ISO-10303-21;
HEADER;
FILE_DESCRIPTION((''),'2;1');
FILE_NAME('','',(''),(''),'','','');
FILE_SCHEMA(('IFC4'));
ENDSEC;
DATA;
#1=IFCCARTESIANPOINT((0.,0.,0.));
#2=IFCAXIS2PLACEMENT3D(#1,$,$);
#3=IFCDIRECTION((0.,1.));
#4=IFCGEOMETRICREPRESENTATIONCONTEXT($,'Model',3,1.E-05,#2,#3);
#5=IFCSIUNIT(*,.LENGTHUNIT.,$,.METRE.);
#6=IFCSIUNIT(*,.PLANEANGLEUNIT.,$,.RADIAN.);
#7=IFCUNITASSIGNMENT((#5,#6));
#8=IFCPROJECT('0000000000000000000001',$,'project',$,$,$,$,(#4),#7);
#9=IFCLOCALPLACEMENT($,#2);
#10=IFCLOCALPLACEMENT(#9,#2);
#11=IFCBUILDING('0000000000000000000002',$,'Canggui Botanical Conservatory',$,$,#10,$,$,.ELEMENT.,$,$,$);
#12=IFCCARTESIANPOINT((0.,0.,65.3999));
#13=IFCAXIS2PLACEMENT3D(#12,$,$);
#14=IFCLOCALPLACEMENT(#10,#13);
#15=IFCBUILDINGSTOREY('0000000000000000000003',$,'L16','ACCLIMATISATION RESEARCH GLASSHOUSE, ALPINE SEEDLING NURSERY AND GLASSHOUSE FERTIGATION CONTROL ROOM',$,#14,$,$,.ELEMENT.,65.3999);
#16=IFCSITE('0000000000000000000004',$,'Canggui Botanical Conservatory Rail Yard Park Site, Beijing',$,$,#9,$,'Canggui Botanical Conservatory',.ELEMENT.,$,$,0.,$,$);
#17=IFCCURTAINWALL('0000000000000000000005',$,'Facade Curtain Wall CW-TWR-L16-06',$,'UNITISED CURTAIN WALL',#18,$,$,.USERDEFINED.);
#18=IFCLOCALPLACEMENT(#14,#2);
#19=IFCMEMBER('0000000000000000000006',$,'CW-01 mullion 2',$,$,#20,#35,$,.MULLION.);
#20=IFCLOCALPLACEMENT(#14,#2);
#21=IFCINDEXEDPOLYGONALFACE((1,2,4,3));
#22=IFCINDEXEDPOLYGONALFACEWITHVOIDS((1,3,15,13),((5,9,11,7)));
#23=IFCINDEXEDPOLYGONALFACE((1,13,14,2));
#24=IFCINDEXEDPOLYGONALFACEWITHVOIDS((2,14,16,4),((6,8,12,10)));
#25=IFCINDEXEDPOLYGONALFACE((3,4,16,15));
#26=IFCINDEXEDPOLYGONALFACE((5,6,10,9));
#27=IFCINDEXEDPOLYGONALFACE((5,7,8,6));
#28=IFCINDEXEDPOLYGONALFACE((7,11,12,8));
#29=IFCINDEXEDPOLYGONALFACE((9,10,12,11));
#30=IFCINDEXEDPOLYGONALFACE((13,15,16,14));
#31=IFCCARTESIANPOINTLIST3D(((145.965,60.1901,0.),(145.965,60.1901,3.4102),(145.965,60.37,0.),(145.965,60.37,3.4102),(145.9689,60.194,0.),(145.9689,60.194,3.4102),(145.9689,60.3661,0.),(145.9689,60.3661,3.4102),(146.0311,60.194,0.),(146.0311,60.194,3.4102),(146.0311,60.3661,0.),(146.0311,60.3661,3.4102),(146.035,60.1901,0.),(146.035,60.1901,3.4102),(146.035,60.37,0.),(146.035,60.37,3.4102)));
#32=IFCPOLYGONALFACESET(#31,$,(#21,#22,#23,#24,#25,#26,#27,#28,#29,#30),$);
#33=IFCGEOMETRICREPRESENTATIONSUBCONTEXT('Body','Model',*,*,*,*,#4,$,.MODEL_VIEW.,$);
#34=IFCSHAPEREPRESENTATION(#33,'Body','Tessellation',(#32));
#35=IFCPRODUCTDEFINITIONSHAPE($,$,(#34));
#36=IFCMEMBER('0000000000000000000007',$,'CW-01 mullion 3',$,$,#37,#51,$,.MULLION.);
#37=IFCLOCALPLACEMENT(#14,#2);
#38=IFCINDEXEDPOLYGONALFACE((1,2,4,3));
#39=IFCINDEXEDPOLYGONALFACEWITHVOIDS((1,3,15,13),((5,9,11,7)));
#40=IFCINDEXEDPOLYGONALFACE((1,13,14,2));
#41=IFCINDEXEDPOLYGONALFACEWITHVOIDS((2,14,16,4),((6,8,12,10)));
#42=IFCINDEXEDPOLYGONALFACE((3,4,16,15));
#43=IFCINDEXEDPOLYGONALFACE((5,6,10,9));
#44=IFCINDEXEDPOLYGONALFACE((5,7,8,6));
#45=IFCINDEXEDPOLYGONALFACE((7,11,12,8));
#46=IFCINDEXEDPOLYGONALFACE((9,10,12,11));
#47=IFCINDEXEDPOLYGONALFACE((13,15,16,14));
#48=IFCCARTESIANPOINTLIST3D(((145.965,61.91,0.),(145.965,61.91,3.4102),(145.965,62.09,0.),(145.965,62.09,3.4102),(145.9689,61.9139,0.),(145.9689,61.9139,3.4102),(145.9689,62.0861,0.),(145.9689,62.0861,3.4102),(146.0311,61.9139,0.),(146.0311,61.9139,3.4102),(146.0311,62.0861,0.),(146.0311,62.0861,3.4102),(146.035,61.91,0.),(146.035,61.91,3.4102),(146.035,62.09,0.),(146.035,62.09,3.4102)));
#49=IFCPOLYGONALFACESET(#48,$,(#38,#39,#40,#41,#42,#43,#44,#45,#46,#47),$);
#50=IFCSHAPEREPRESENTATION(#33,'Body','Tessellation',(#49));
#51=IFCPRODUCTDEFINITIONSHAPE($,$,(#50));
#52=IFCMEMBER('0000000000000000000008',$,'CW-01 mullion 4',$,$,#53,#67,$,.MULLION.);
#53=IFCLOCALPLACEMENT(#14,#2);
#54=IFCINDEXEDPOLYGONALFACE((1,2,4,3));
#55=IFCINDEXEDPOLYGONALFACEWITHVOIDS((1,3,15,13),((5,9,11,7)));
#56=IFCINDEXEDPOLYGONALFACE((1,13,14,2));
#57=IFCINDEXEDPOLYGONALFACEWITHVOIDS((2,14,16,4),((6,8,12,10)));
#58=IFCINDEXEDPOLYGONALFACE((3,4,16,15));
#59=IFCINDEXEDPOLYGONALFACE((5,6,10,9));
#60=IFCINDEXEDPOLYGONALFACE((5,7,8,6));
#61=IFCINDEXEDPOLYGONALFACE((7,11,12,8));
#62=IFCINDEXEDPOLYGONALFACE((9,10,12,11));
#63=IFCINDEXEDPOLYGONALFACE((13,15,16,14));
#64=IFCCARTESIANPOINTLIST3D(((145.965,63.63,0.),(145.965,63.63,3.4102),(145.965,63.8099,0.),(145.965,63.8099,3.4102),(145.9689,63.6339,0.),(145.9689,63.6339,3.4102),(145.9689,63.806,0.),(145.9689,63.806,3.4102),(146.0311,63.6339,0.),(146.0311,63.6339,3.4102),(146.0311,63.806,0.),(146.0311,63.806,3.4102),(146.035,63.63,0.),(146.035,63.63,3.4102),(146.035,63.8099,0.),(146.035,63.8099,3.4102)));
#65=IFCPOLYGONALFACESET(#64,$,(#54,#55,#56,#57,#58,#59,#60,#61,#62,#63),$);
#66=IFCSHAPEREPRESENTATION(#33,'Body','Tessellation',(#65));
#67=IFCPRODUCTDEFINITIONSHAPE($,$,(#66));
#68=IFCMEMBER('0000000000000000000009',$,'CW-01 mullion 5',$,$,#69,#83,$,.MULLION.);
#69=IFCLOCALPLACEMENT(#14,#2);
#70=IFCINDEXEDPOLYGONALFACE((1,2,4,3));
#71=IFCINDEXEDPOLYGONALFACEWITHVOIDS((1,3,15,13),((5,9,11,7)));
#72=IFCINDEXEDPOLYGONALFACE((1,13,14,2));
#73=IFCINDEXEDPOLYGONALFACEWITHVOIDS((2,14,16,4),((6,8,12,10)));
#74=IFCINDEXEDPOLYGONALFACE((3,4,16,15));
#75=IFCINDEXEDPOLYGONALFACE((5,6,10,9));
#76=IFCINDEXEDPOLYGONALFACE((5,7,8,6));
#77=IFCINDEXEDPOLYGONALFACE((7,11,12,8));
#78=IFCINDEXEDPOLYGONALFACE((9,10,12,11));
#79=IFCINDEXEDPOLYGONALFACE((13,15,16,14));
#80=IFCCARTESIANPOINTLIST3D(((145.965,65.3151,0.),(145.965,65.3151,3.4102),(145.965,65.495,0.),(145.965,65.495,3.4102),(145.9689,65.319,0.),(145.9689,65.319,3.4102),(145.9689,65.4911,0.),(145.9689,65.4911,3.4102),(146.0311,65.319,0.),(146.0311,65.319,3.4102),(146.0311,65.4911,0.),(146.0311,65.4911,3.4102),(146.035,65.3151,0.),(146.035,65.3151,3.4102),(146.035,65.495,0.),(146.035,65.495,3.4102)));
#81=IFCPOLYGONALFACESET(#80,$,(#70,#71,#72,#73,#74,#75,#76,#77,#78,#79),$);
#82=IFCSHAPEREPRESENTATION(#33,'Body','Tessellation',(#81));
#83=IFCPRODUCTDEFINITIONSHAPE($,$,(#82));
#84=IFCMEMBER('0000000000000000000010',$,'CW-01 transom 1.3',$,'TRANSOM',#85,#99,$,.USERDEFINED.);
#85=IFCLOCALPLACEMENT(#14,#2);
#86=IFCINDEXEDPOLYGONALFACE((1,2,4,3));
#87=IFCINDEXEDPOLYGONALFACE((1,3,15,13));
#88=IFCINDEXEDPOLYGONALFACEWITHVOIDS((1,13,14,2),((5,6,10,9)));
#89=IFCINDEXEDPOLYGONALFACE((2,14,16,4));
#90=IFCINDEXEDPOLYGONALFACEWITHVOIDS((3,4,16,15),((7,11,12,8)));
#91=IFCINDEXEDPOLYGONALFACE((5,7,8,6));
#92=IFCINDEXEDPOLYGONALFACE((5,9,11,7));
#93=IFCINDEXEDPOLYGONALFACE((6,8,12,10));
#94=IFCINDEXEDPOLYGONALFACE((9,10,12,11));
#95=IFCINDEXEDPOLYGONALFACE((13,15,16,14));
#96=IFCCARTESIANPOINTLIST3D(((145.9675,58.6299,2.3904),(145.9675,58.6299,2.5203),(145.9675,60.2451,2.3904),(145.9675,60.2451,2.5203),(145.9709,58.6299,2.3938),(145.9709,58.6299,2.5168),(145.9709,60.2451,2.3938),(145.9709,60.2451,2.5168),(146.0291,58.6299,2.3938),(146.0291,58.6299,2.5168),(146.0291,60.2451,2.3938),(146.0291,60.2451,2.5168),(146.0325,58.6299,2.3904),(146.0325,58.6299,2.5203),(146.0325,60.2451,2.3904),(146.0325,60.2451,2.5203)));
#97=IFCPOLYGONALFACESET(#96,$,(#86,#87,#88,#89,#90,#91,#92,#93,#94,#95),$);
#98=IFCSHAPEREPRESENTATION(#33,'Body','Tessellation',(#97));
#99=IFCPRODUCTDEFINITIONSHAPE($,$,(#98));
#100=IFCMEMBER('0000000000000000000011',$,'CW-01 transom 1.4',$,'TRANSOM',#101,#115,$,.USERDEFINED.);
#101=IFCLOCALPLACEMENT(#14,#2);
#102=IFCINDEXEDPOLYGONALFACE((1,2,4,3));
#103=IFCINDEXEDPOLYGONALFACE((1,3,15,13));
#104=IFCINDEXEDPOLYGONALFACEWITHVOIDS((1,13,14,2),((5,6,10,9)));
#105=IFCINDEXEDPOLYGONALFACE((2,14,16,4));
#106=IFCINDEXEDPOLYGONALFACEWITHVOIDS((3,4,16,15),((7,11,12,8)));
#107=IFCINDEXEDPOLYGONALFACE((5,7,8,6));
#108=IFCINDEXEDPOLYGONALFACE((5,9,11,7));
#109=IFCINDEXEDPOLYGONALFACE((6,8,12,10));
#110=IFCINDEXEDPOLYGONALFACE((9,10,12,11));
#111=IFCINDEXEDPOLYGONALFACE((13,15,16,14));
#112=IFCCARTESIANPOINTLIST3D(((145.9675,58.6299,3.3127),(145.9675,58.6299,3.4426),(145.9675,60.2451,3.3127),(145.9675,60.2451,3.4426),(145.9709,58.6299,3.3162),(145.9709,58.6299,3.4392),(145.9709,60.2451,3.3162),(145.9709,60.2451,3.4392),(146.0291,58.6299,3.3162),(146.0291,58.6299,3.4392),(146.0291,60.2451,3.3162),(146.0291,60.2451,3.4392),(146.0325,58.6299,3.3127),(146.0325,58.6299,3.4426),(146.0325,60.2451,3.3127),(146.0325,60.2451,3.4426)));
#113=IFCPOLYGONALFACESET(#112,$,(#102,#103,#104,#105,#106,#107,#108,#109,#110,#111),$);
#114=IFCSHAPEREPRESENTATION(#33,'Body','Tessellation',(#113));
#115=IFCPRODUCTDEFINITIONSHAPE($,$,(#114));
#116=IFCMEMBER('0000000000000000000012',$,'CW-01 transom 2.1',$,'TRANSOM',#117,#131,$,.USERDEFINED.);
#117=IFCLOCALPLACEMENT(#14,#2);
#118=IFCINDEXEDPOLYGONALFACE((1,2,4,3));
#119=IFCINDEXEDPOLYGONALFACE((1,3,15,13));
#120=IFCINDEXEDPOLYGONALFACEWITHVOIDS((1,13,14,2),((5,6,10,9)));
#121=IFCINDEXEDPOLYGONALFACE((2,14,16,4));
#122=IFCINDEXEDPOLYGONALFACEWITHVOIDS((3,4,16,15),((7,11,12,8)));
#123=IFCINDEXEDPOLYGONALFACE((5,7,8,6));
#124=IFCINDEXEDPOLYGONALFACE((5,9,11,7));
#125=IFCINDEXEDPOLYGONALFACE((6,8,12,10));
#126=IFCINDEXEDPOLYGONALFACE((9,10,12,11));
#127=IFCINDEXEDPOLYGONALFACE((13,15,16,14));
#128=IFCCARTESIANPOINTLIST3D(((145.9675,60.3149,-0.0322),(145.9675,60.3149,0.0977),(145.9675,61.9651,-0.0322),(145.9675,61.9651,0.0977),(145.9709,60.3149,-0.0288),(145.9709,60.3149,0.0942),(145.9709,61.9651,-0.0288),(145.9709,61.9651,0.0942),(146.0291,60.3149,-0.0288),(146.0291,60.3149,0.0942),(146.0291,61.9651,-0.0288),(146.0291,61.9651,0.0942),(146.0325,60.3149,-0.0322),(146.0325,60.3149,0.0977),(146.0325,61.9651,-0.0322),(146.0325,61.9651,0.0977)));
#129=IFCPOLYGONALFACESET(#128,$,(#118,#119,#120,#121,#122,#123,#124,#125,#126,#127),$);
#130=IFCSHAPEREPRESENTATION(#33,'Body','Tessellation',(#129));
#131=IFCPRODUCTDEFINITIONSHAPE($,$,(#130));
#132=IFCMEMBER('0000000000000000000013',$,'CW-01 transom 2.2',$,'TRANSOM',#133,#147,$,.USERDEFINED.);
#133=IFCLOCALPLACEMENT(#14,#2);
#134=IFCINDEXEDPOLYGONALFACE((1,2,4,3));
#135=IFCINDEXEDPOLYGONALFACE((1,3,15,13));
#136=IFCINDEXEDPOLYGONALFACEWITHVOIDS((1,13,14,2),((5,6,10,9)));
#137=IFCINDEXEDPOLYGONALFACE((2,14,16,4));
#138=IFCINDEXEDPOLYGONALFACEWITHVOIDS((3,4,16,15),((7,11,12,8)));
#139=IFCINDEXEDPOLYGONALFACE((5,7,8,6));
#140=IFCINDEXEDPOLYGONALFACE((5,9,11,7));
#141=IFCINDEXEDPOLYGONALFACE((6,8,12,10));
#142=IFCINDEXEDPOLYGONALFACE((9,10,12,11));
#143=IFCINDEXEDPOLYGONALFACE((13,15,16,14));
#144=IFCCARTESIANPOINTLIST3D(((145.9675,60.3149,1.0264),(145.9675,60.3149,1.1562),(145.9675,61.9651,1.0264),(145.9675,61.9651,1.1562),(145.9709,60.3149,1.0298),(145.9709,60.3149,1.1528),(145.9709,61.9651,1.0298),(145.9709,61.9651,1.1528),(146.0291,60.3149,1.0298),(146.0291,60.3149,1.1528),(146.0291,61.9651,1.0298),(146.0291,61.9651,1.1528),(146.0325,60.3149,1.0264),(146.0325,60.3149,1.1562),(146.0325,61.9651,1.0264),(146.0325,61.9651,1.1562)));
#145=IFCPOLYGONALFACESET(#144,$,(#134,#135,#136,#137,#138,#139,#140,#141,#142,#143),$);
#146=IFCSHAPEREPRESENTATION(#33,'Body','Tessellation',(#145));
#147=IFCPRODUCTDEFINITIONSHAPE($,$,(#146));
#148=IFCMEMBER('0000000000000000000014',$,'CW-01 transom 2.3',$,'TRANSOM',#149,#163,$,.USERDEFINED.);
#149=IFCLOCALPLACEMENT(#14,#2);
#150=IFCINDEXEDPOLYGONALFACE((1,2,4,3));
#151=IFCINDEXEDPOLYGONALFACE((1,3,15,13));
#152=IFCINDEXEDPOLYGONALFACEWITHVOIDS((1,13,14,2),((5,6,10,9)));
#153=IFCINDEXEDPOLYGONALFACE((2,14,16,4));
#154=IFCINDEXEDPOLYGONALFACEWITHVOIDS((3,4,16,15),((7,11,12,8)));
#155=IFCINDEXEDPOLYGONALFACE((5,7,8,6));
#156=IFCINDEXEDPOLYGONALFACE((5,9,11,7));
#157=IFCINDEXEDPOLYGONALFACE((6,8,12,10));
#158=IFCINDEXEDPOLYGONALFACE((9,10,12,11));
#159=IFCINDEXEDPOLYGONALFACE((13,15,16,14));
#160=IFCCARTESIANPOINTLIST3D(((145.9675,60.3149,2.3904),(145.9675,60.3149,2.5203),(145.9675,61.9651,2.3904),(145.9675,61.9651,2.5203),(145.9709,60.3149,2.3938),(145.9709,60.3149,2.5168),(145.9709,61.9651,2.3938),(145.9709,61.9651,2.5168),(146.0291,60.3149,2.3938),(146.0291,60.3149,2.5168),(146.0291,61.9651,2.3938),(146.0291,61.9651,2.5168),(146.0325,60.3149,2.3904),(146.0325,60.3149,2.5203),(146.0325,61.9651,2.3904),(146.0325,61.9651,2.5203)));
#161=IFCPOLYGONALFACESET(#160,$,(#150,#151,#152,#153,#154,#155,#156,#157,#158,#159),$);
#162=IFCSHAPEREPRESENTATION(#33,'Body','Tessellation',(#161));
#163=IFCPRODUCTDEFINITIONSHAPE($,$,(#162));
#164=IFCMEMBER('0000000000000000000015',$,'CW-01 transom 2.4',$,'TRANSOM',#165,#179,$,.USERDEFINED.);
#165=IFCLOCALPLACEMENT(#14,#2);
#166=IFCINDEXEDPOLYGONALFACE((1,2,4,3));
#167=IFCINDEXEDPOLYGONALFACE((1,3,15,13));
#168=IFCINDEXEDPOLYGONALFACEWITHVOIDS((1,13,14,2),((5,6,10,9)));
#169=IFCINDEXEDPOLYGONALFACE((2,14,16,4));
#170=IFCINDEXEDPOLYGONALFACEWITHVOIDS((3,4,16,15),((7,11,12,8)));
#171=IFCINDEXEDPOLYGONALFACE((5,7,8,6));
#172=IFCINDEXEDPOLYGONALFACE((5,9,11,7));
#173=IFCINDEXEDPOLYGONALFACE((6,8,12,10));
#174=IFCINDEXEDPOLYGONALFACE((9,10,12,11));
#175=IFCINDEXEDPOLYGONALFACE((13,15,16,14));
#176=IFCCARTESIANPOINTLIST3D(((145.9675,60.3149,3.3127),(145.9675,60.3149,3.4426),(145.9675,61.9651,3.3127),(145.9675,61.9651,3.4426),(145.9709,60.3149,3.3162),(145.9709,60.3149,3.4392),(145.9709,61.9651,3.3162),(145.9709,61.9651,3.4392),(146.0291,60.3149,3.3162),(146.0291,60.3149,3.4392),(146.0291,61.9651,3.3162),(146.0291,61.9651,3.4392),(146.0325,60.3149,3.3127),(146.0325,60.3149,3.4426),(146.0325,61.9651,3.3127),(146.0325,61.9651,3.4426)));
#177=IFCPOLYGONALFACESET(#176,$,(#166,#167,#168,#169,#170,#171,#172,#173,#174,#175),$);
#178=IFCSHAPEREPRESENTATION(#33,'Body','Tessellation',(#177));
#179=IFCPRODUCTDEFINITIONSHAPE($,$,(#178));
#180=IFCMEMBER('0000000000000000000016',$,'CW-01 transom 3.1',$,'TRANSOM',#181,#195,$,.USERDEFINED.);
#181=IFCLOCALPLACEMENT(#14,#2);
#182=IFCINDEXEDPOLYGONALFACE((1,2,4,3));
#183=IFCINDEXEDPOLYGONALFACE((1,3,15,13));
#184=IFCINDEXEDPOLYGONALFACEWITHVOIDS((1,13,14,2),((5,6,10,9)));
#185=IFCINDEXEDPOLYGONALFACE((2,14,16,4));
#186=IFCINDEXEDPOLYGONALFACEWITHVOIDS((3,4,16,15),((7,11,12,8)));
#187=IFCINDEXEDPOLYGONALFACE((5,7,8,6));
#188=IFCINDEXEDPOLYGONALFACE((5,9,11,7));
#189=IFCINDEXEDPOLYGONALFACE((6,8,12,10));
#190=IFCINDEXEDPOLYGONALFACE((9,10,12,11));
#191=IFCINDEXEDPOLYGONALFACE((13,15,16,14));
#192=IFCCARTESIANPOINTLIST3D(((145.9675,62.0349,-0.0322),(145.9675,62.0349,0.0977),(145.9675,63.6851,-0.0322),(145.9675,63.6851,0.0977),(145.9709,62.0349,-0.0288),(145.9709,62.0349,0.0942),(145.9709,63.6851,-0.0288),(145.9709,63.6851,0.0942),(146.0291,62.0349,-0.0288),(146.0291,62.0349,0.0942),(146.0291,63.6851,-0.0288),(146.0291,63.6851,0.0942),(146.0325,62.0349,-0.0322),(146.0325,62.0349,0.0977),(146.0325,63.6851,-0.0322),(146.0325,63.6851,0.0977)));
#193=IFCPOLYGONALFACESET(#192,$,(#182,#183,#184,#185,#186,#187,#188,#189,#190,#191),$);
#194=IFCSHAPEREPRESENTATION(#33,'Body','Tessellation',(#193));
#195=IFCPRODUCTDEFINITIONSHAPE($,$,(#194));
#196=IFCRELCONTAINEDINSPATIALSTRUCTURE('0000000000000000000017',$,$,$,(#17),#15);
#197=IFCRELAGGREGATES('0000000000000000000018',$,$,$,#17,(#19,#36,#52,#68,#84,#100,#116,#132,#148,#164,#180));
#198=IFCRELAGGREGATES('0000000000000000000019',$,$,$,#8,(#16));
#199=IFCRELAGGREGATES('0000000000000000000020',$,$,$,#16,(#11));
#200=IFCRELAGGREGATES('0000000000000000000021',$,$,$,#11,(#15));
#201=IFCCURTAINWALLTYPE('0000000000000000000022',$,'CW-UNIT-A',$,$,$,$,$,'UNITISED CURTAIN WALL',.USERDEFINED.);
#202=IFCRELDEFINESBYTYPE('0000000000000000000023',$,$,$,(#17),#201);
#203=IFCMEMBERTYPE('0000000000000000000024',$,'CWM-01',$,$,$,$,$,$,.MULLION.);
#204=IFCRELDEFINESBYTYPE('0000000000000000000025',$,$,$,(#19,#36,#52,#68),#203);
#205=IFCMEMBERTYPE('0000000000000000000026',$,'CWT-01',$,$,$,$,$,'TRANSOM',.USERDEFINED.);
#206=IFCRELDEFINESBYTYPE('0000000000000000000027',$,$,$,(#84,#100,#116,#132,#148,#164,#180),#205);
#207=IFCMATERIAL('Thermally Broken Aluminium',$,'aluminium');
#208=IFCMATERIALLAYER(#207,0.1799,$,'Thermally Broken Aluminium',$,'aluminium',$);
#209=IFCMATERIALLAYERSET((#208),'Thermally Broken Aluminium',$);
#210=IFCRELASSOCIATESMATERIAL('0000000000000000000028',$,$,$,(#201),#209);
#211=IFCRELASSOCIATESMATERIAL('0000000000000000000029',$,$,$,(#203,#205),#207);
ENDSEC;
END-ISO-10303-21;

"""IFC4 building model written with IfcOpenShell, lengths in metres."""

from ifc_helpers import new_model, si_unit, direction, frame, origin, origin_2d, place, context, subcontext, project, spatial, hollow_rectangle, extrude, material, layer, layer_set, material_profile, profile_set, type_object, element, aggregate, save


model = new_model("IFC4")

# Units and contexts
model_context = context("Model", 3, precision=1e-05, world=origin(), true_north=direction((0.0, 1.0)))
body_context = subcontext(model_context, "Body", "Model", "MODEL_VIEW")
ifc_project = project(units=[si_unit("LENGTHUNIT", "METRE"), si_unit("PLANEANGLEUNIT", "RADIAN")], contexts=[model_context])

# Site, building, storey
site_placement = place(None, origin())
site = spatial("IfcSite", under=ifc_project, at=site_placement, Name="Canggui Botanical Conservatory Rail Yard Park Site, Beijing", LongName="Canggui Botanical Conservatory", CompositionType="ELEMENT", RefElevation=0.0)
building_placement = place(site_placement, origin())
building = spatial("IfcBuilding", under=site, at=building_placement, Name="Canggui Botanical Conservatory", CompositionType="ELEMENT")
storey_placement = place(building_placement, frame((0.0, 0.0, 65.3999)))
storey = spatial("IfcBuildingStorey", under=building, at=storey_placement, Name="L16", Description="ACCLIMATISATION RESEARCH GLASSHOUSE, ALPINE SEEDLING NURSERY AND GLASSHOUSE FERTIGATION CONTROL ROOM", CompositionType="ELEMENT", Elevation=65.3999)

# Curtain wall, members
ifc_material_1 = material(Name="Thermally Broken Aluminium", Category="aluminium")
ifc_layer_1 = layer(ifc_material_1, 0.1799, Name="Thermally Broken Aluminium", Category="aluminium")
ifc_layer_set_1 = layer_set([ifc_layer_1], Name="Thermally Broken Aluminium")
curtain_wall_type = type_object("IfcCurtainWallType", Name="CW-UNIT-A", ElementType="UNITISED CURTAIN WALL", PredefinedType="USERDEFINED", material=ifc_layer_set_1)
curtain_wall_placement = place(storey_placement, origin())
curtain_wall = element("IfcCurtainWall", 1, at=curtain_wall_placement, inside=storey, type_object=curtain_wall_type, Name="Facade Curtain Wall CW-TWR-L16-06", ObjectType="UNITISED CURTAIN WALL", PredefinedType="USERDEFINED")
ifc_material_profile_1 = material_profile(ifc_material_1, hollow_rectangle(XDim=0.0701, YDim=0.1799, WallThickness=0.0039, at=origin_2d()), Name="CWM 70x180x4")
ifc_profile_set_1 = profile_set([ifc_material_profile_1], Name="Thermally Broken Aluminium")
member_type_1 = type_object("IfcMemberType", Name="CWM-01", PredefinedType="MULLION", material=ifc_profile_set_1)
member_1_placement = place(storey_placement, frame((146.0, 60.28, 0.0), z_axis=(0.0, 0.0, 1.0), x_axis=(-1.0, 0.0, 0.0)))
member_1 = element("IfcMember", 2, at=member_1_placement, type_object=member_type_1, Name="CW-01 mullion 2", PredefinedType="MULLION", context=body_context, shape_type="SweptSolid", body=[
    extrude(hollow_rectangle(XDim=0.0701, YDim=0.1799, WallThickness=0.0039, at=origin_2d()), origin(), (0.0, 0.0, 1.0), 3.4102),
])
member_2_placement = place(storey_placement, frame((146.0, 62.0, 0.0), z_axis=(0.0, 0.0, 1.0), x_axis=(-1.0, 0.0, 0.0)))
member_2 = element("IfcMember", 3, at=member_2_placement, type_object=member_type_1, Name="CW-01 mullion 3", PredefinedType="MULLION", context=body_context, shape_type="SweptSolid", body=[
    extrude(hollow_rectangle(XDim=0.0701, YDim=0.1799, WallThickness=0.0039, at=origin_2d()), origin(), (0.0, 0.0, 1.0), 3.4102),
])
member_3_placement = place(storey_placement, frame((146.0, 63.72, 0.0), z_axis=(0.0, 0.0, 1.0), x_axis=(-1.0, 0.0, 0.0)))
member_3 = element("IfcMember", 4, at=member_3_placement, type_object=member_type_1, Name="CW-01 mullion 4", PredefinedType="MULLION", context=body_context, shape_type="SweptSolid", body=[
    extrude(hollow_rectangle(XDim=0.0701, YDim=0.1799, WallThickness=0.0039, at=origin_2d()), origin(), (0.0, 0.0, 1.0), 3.4102),
])
member_4_placement = place(storey_placement, frame((146.0, 65.405, 0.0), z_axis=(0.0, 0.0, 1.0), x_axis=(-1.0, 0.0, 0.0)))
member_4 = element("IfcMember", 5, at=member_4_placement, type_object=member_type_1, Name="CW-01 mullion 5", PredefinedType="MULLION", context=body_context, shape_type="SweptSolid", body=[
    extrude(hollow_rectangle(XDim=0.0701, YDim=0.1799, WallThickness=0.0039, at=origin_2d()), origin(), (0.0, 0.0, 1.0), 3.4102),
])
ifc_material_profile_2 = material_profile(ifc_material_1, hollow_rectangle(XDim=0.0649, YDim=0.1299, WallThickness=0.0034, at=origin_2d()), Name="CWT 65x130x3.5")
ifc_profile_set_2 = profile_set([ifc_material_profile_2], Name="Thermally Broken Aluminium")
member_type_2 = type_object("IfcMemberType", Name="CWT-01", ElementType="TRANSOM", PredefinedType="USERDEFINED", material=ifc_profile_set_2)
member_5_placement = place(storey_placement, frame((146.0, 58.6299, 2.4553), z_axis=(0.0, 1.0, 0.0), x_axis=(-1.0, 0.0, 0.0)))
member_5 = element("IfcMember", 6, at=member_5_placement, type_object=member_type_2, Name="CW-01 transom 1.3", ObjectType="TRANSOM", PredefinedType="USERDEFINED", context=body_context, shape_type="SweptSolid", body=[
    extrude(hollow_rectangle(XDim=0.0649, YDim=0.1299, WallThickness=0.0034, at=origin_2d()), origin(), (0.0, 0.0, 1.0), 1.6152),
])
member_6_placement = place(storey_placement, frame((146.0, 58.6299, 3.3777), z_axis=(0.0, 1.0, 0.0), x_axis=(-1.0, 0.0, 0.0)))
member_6 = element("IfcMember", 7, at=member_6_placement, type_object=member_type_2, Name="CW-01 transom 1.4", ObjectType="TRANSOM", PredefinedType="USERDEFINED", context=body_context, shape_type="SweptSolid", body=[
    extrude(hollow_rectangle(XDim=0.0649, YDim=0.1299, WallThickness=0.0034, at=origin_2d()), origin(), (0.0, 0.0, 1.0), 1.6152),
])
member_7_placement = place(storey_placement, frame((146.0, 60.3149, 0.0327), z_axis=(0.0, 1.0, 0.0), x_axis=(-1.0, 0.0, 0.0)))
member_7 = element("IfcMember", 8, at=member_7_placement, type_object=member_type_2, Name="CW-01 transom 2.1", ObjectType="TRANSOM", PredefinedType="USERDEFINED", context=body_context, shape_type="SweptSolid", body=[
    extrude(hollow_rectangle(XDim=0.0649, YDim=0.1299, WallThickness=0.0034, at=origin_2d()), origin(), (0.0, 0.0, 1.0), 1.6501),
])
member_8_placement = place(storey_placement, frame((146.0, 60.3149, 1.0913), z_axis=(0.0, 1.0, 0.0), x_axis=(-1.0, 0.0, 0.0)))
member_8 = element("IfcMember", 9, at=member_8_placement, type_object=member_type_2, Name="CW-01 transom 2.2", ObjectType="TRANSOM", PredefinedType="USERDEFINED", context=body_context, shape_type="SweptSolid", body=[
    extrude(hollow_rectangle(XDim=0.0649, YDim=0.1299, WallThickness=0.0034, at=origin_2d()), origin(), (0.0, 0.0, 1.0), 1.6501),
])
member_9_placement = place(storey_placement, frame((146.0, 60.3149, 2.4553), z_axis=(0.0, 1.0, 0.0), x_axis=(-1.0, 0.0, 0.0)))
member_9 = element("IfcMember", 10, at=member_9_placement, type_object=member_type_2, Name="CW-01 transom 2.3", ObjectType="TRANSOM", PredefinedType="USERDEFINED", context=body_context, shape_type="SweptSolid", body=[
    extrude(hollow_rectangle(XDim=0.0649, YDim=0.1299, WallThickness=0.0034, at=origin_2d()), origin(), (0.0, 0.0, 1.0), 1.6501),
])
member_10_placement = place(storey_placement, frame((146.0, 60.3149, 3.3777), z_axis=(0.0, 1.0, 0.0), x_axis=(-1.0, 0.0, 0.0)))
member_10 = element("IfcMember", 11, at=member_10_placement, type_object=member_type_2, Name="CW-01 transom 2.4", ObjectType="TRANSOM", PredefinedType="USERDEFINED", context=body_context, shape_type="SweptSolid", body=[
    extrude(hollow_rectangle(XDim=0.0649, YDim=0.1299, WallThickness=0.0034, at=origin_2d()), origin(), (0.0, 0.0, 1.0), 1.6501),
])
member_11_placement = place(storey_placement, frame((146.0, 62.0349, 0.0327), z_axis=(0.0, 1.0, 0.0), x_axis=(-1.0, 0.0, 0.0)))
member_11 = element("IfcMember", 12, at=member_11_placement, type_object=member_type_2, Name="CW-01 transom 3.1", ObjectType="TRANSOM", PredefinedType="USERDEFINED", context=body_context, shape_type="SweptSolid", body=[
    extrude(hollow_rectangle(XDim=0.0649, YDim=0.1299, WallThickness=0.0034, at=origin_2d()), origin(), (0.0, 0.0, 1.0), 1.6501),
])
aggregate(curtain_wall, [member_1, member_2, member_3, member_4, member_5, member_6, member_7, member_8, member_9, member_10, member_11])

save(model, "model.ifc")
